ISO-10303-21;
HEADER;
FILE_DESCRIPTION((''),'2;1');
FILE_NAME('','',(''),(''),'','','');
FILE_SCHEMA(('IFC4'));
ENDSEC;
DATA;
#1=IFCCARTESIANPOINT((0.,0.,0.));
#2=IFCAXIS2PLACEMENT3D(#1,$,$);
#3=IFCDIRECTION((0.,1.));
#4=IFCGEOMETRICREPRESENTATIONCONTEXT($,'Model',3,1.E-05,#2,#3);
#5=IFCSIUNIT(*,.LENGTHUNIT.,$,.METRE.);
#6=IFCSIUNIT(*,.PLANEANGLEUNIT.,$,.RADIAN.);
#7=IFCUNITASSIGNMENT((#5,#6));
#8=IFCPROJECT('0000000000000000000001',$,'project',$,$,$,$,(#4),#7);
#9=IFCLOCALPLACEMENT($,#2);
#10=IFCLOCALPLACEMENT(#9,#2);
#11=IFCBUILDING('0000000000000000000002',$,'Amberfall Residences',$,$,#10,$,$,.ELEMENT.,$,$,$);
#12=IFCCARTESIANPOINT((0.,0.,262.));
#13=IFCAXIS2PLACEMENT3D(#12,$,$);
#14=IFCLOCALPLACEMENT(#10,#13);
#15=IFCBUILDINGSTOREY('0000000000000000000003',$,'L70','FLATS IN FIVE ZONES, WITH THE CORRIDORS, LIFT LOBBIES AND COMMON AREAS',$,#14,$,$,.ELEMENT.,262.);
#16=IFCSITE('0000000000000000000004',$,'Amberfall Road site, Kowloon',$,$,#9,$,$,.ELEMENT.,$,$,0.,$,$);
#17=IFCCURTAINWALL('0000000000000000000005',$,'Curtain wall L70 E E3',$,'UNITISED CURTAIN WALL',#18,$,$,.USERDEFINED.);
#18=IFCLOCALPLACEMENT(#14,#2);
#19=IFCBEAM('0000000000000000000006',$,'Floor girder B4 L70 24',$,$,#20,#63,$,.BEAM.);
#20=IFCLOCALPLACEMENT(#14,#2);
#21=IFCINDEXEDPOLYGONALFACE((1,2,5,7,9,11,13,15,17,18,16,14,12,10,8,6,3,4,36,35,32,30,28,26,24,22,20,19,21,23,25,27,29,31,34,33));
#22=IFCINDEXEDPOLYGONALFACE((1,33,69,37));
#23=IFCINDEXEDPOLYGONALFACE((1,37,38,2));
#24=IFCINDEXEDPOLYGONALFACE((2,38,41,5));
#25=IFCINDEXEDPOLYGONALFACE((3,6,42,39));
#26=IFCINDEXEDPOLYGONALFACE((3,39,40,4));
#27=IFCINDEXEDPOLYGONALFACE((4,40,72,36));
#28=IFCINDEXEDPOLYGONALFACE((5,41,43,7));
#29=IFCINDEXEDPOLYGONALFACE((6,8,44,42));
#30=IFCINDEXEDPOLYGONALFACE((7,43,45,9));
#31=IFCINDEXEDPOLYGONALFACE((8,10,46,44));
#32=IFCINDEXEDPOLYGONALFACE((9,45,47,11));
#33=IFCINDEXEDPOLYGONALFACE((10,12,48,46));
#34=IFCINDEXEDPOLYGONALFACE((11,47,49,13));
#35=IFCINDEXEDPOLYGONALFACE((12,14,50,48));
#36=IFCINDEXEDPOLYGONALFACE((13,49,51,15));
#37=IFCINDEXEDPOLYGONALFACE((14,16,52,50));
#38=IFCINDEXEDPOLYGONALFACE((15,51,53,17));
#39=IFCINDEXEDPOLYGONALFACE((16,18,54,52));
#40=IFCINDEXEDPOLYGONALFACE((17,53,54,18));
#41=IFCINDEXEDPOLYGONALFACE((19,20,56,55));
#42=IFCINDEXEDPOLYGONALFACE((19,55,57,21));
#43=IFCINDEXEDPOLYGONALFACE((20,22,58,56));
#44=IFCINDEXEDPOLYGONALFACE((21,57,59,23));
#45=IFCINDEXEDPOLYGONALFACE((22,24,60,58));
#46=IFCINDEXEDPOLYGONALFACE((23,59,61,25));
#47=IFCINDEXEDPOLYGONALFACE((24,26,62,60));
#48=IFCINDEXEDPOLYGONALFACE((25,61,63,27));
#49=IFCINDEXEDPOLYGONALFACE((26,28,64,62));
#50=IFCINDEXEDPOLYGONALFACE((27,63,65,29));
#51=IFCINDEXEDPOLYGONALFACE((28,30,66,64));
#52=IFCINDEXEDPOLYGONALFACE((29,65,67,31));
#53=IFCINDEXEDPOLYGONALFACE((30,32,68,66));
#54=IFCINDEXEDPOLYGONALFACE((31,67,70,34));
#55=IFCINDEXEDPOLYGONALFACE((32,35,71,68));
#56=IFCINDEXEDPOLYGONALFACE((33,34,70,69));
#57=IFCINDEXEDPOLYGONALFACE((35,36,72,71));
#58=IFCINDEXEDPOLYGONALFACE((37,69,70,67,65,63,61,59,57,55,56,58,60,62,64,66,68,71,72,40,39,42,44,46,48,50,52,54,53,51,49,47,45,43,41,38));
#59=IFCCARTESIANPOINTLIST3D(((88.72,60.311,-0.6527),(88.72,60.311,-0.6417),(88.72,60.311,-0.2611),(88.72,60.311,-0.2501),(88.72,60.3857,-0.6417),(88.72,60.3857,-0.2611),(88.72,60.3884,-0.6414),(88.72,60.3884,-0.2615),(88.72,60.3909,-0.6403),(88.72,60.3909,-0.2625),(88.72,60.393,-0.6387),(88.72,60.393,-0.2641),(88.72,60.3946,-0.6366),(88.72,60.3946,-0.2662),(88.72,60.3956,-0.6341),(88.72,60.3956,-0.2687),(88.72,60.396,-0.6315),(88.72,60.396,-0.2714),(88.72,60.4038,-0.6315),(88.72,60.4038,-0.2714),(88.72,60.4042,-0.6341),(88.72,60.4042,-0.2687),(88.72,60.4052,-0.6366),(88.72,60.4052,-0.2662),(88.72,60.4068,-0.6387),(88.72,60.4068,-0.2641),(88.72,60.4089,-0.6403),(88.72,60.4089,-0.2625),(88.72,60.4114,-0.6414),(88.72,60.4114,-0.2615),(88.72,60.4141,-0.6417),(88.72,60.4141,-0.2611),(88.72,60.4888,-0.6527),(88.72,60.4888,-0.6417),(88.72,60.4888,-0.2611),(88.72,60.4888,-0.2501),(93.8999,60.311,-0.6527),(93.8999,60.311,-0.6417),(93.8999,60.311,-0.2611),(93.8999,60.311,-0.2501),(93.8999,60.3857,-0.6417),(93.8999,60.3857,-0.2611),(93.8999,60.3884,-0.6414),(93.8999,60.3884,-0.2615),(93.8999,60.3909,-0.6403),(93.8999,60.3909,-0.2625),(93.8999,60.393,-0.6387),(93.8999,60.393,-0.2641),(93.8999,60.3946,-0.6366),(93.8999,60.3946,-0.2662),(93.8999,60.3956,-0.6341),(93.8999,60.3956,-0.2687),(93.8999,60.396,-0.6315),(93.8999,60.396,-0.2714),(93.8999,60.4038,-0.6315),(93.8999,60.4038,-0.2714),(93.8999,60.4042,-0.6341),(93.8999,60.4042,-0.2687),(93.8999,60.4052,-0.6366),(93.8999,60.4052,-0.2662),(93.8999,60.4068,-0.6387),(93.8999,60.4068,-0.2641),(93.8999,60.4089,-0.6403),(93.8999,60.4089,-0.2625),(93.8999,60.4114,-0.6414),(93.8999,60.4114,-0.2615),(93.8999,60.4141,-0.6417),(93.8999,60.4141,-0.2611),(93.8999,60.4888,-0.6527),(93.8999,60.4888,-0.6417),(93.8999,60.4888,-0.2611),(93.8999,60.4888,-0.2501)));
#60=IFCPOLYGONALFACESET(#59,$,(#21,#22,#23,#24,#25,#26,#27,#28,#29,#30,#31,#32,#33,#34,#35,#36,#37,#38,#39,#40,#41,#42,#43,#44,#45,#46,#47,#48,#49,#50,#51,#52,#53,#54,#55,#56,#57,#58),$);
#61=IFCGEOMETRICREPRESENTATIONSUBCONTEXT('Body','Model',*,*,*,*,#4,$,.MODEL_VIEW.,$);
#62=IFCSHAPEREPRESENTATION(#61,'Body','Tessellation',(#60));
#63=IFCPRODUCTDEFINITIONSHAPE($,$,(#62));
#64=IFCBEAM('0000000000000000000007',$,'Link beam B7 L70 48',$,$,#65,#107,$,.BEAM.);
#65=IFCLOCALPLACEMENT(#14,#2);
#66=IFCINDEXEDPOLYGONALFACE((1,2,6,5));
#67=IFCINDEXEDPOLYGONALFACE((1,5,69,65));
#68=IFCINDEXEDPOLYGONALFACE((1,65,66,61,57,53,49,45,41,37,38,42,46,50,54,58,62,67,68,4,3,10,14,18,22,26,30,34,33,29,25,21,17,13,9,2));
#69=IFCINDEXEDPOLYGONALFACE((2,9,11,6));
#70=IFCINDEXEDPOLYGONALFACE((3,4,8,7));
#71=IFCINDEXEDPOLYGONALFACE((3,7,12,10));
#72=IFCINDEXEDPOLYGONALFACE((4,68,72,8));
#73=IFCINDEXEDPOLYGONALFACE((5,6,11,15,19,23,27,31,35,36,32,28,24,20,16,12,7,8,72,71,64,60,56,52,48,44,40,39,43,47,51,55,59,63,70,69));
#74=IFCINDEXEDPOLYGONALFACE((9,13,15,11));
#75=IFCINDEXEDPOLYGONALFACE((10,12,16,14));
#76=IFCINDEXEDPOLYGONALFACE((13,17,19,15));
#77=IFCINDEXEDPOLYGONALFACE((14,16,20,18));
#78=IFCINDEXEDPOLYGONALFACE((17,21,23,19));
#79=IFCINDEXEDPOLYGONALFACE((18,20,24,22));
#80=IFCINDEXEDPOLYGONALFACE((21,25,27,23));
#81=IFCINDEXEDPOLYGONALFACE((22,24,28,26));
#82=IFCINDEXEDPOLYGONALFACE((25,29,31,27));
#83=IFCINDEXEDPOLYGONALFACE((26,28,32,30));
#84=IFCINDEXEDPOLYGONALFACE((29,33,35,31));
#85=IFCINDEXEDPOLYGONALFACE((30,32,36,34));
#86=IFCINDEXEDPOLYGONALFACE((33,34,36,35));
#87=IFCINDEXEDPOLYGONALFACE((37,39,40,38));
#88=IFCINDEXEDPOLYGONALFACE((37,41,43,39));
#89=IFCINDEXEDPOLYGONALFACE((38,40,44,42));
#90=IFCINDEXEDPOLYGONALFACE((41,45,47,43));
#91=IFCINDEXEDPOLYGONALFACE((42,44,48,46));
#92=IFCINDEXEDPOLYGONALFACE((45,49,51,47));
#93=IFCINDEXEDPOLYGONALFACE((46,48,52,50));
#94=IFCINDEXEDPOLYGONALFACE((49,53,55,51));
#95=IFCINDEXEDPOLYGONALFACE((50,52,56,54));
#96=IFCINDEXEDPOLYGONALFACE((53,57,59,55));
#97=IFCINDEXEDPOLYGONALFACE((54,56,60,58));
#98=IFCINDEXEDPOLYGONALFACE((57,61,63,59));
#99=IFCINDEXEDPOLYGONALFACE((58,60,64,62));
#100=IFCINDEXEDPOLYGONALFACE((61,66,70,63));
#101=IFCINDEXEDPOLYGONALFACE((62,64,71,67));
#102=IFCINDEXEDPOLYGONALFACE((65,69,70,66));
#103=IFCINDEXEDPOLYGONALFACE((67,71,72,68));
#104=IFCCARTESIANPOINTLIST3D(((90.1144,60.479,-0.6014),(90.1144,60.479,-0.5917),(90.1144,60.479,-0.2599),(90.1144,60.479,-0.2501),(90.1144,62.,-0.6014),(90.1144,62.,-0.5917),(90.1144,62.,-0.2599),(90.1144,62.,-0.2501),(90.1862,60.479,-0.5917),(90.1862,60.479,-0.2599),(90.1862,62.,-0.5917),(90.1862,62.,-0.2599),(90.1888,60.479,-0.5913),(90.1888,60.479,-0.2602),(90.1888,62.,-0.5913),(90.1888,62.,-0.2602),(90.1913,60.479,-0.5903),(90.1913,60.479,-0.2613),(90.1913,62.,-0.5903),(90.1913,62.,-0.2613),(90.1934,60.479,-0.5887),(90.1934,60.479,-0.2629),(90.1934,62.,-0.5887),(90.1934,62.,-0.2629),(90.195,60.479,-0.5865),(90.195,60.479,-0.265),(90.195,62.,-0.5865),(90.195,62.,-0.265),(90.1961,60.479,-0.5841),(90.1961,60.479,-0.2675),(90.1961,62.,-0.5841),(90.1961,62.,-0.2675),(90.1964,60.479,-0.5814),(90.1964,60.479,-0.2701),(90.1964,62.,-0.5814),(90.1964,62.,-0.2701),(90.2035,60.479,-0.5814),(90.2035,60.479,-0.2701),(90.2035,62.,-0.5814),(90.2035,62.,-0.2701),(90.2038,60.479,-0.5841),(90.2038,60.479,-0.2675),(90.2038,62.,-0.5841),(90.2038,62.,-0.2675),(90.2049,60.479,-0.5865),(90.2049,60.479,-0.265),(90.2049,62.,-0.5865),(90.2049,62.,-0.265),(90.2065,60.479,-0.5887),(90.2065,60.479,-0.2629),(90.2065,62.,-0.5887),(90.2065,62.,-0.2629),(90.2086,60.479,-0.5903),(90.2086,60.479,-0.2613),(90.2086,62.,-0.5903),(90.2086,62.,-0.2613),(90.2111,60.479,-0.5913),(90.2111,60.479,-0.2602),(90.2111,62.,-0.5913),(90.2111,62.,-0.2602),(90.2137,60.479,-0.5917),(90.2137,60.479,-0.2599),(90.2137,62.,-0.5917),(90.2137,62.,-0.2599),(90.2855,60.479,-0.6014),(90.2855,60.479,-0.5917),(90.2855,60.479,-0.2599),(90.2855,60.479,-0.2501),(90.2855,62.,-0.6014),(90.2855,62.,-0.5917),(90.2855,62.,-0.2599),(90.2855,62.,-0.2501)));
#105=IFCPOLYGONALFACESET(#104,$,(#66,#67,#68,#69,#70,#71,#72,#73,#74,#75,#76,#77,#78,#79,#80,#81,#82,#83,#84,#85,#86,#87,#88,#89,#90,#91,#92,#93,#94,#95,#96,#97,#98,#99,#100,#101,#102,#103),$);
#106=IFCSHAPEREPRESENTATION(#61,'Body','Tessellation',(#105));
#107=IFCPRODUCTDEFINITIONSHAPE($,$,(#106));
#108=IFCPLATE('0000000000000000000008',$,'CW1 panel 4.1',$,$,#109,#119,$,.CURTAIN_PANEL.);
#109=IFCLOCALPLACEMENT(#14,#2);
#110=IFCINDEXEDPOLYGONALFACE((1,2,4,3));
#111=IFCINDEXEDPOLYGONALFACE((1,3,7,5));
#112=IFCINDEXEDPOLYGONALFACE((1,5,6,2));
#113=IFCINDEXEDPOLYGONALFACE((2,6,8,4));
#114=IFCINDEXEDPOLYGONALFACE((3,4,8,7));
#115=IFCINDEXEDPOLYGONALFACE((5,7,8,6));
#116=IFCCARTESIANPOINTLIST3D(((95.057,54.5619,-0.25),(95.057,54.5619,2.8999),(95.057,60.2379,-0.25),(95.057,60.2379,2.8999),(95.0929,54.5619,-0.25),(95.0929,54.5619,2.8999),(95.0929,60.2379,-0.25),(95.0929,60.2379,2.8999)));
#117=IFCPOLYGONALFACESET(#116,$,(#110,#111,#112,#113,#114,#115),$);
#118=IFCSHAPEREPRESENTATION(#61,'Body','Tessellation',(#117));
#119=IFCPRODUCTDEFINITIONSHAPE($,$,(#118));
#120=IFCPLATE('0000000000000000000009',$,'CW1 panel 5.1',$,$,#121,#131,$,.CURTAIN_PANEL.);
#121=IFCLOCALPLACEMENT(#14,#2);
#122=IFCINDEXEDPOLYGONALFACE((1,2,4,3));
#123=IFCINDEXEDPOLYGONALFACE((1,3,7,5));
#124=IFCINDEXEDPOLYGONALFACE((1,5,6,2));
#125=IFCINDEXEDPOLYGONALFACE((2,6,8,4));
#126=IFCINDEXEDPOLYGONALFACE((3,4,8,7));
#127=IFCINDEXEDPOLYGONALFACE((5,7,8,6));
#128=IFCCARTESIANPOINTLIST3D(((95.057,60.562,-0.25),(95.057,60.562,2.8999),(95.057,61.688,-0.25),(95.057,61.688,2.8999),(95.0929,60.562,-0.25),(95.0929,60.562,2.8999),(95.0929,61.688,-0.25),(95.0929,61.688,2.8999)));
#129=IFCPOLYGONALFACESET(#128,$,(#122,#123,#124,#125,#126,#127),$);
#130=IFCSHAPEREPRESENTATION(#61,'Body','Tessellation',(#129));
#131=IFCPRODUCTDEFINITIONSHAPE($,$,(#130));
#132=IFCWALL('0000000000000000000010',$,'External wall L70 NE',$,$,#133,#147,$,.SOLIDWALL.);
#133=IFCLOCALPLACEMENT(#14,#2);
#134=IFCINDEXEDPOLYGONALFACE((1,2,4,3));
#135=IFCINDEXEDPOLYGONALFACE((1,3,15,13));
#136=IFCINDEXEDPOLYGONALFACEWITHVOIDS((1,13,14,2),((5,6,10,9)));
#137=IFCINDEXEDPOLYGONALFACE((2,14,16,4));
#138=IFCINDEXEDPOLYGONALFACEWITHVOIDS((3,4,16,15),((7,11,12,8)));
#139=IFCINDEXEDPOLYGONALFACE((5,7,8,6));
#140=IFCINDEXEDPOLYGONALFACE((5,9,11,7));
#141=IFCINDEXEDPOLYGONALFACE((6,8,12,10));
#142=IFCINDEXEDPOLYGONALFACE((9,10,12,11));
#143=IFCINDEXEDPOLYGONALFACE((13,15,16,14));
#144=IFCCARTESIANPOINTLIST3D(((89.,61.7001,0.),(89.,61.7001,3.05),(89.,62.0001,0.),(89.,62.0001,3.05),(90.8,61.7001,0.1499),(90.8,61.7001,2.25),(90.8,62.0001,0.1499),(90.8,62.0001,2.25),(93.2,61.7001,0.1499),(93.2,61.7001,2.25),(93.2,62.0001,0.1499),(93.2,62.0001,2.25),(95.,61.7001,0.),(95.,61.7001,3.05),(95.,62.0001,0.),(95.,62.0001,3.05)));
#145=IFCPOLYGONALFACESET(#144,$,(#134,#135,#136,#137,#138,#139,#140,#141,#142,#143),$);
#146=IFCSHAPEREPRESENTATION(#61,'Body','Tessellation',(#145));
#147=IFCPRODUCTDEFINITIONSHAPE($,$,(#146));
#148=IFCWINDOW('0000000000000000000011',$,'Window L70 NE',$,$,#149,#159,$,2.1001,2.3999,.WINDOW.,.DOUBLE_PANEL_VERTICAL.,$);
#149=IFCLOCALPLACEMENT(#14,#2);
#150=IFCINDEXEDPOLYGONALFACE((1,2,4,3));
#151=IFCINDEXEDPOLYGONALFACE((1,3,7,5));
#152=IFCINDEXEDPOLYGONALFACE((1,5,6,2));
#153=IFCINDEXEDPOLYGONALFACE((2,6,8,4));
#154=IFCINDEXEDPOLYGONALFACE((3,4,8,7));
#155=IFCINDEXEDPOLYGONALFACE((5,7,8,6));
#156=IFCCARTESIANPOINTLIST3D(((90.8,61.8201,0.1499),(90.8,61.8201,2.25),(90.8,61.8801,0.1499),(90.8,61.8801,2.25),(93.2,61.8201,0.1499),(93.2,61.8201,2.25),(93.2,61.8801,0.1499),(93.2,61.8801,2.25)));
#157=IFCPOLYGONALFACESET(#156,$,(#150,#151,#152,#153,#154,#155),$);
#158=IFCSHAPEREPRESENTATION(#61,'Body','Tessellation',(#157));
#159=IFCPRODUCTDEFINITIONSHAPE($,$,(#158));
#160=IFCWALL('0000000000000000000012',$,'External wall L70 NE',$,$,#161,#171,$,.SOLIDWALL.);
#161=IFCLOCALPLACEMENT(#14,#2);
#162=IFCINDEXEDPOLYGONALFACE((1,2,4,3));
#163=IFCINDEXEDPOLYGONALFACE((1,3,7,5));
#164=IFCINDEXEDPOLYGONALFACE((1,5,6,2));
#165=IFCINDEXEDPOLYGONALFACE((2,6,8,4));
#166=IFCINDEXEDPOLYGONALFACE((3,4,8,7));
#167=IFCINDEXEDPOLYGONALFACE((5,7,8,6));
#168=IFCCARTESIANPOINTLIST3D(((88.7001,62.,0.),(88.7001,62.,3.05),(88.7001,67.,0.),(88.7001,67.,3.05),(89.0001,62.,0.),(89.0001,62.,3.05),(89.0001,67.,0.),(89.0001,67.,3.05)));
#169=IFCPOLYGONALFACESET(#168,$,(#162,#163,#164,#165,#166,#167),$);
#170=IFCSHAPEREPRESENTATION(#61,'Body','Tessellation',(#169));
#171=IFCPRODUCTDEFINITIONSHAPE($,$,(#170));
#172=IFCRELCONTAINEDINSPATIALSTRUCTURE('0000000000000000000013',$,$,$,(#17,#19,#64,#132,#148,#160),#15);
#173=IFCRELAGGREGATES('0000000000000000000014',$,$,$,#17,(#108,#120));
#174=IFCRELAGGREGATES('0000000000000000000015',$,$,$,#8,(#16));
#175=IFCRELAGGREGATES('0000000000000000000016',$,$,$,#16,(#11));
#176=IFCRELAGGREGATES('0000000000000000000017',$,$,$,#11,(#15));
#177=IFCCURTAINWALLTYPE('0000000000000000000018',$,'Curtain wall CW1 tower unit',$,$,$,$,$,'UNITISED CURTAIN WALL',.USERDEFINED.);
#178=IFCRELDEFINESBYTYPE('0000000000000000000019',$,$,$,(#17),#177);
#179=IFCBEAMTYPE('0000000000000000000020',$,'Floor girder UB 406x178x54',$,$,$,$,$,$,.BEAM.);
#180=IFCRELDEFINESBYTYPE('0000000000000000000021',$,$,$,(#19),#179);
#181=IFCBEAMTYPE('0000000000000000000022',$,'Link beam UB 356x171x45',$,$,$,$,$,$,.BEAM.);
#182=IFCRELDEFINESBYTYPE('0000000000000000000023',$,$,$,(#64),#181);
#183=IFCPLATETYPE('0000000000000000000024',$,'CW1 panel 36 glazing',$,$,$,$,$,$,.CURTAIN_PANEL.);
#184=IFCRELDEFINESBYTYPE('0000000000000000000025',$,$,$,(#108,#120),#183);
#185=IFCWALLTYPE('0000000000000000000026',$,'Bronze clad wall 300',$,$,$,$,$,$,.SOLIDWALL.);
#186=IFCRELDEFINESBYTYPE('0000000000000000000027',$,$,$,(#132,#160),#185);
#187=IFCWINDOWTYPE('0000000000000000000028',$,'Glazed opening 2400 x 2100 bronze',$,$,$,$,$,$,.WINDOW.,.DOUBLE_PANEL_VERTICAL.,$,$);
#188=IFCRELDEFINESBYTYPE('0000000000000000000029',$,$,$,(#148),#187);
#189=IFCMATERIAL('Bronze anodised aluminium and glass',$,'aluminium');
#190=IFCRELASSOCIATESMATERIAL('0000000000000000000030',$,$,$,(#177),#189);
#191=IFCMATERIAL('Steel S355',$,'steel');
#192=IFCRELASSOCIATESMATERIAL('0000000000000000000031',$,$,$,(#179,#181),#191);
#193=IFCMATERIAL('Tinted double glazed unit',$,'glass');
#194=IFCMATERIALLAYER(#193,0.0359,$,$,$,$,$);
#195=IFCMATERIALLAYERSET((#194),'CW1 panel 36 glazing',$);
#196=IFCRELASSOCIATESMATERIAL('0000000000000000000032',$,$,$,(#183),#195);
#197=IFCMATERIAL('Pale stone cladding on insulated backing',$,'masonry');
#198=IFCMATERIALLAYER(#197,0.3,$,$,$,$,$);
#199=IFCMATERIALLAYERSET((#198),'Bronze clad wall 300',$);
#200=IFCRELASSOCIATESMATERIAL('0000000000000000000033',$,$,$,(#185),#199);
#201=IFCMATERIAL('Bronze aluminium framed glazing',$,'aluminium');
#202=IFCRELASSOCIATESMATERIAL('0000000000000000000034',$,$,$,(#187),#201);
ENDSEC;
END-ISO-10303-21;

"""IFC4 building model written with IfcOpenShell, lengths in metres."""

from ifc_helpers import new_model, si_unit, direction, frame, frame_2d, origin, origin_2d, place, context, subcontext, project, spatial, rectangle, i_section, extrude, material, layer, layer_set, material_profile, profile_set, type_object, element, fill, aggregate, save


model = new_model("IFC4")

# Units and contexts
model_context = context("Model", 3, precision=1e-05, world=origin(), true_north=direction((0.0, 1.0)))
body_context = subcontext(model_context, "Body", "Model", "MODEL_VIEW")
ifc_project = project(units=[si_unit("LENGTHUNIT", "METRE"), si_unit("PLANEANGLEUNIT", "RADIAN")], contexts=[model_context])

# Site, building, storey
site_placement = place(None, origin())
site = spatial("IfcSite", under=ifc_project, at=site_placement, Name="Amberfall Road site, Kowloon", CompositionType="ELEMENT", RefElevation=0.0)
building_placement = place(site_placement, origin())
building = spatial("IfcBuilding", under=site, at=building_placement, Name="Amberfall Residences", CompositionType="ELEMENT")
storey_placement = place(building_placement, frame((0.0, 0.0, 262.0)))
storey = spatial("IfcBuildingStorey", under=building, at=storey_placement, Name="L70", Description="FLATS IN FIVE ZONES, WITH THE CORRIDORS, LIFT LOBBIES AND COMMON AREAS", CompositionType="ELEMENT", Elevation=262.0)

# Curtain wall
ifc_material_1 = material(Name="Bronze anodised aluminium and glass", Category="aluminium")
curtain_wall_type = type_object("IfcCurtainWallType", Name="Curtain wall CW1 tower unit", ElementType="UNITISED CURTAIN WALL", PredefinedType="USERDEFINED", material=ifc_material_1)
curtain_wall_1_placement = place(storey_placement, origin())
curtain_wall_1 = element("IfcCurtainWall", 1, at=curtain_wall_1_placement, inside=storey, type_object=curtain_wall_type, Name="Curtain wall L70 E E3", ObjectType="UNITISED CURTAIN WALL", PredefinedType="USERDEFINED")

# Shared definitions
ifc_material_2 = material(Name="Steel S355", Category="steel")

# Beams
ifc_material_profile_1 = material_profile(ifc_material_2, i_section(OverallWidth=0.1777, OverallDepth=0.4026, WebThickness=0.0078, FlangeThickness=0.011, FilletRadius=0.0103, at=origin_2d()), Name="UB 406x178x54")
ifc_profile_set_1 = profile_set([ifc_material_profile_1], Name="Steel S355")
beam_type_1 = type_object("IfcBeamType", Name="Floor girder UB 406x178x54", PredefinedType="BEAM", material=ifc_profile_set_1)
beam_1_placement = place(storey_placement, frame((93.8999, 60.3999, -0.4514), z_axis=(-1.0, 0.0, 0.0), x_axis=(0.0, -1.0, 0.0)))
element("IfcBeam", 2, at=beam_1_placement, inside=storey, type_object=beam_type_1, Name="Floor girder B4 L70 24", PredefinedType="BEAM", context=body_context, shape_type="SweptSolid", body=[
    extrude(i_section(OverallWidth=0.1777, OverallDepth=0.4026, WebThickness=0.0078, FlangeThickness=0.011, FilletRadius=0.0103, at=origin_2d()), origin(), (0.0, 0.0, 1.0), 5.1799),
])
ifc_material_profile_2 = material_profile(ifc_material_2, i_section(OverallWidth=0.1711, OverallDepth=0.3513, WebThickness=0.0071, FlangeThickness=0.0098, FilletRadius=0.0103, at=origin_2d()), Name="UB 356x171x45")
ifc_profile_set_2 = profile_set([ifc_material_profile_2], Name="Steel S355")
beam_type_2 = type_object("IfcBeamType", Name="Link beam UB 356x171x45", PredefinedType="BEAM", material=ifc_profile_set_2)
beam_2_placement = place(storey_placement, frame((90.2, 62.0, -0.4258), z_axis=(0.0, -1.0, 0.0), x_axis=(1.0, 0.0, 0.0)))
element("IfcBeam", 3, at=beam_2_placement, inside=storey, type_object=beam_type_2, Name="Link beam B7 L70 48", PredefinedType="BEAM", context=body_context, shape_type="SweptSolid", body=[
    extrude(i_section(OverallWidth=0.1711, OverallDepth=0.3513, WebThickness=0.0071, FlangeThickness=0.0098, FilletRadius=0.0103, at=origin_2d()), origin(), (0.0, 0.0, 1.0), 1.521),
])

# Plates
ifc_material_3 = material(Name="Tinted double glazed unit", Category="glass")
ifc_layer_1 = layer(ifc_material_3, 0.0359)
ifc_layer_set_1 = layer_set([ifc_layer_1], Name="CW1 panel 36 glazing")
plate_type = type_object("IfcPlateType", Name="CW1 panel 36 glazing", PredefinedType="CURTAIN_PANEL", material=ifc_layer_set_1)
plate_1_placement = place(storey_placement, frame((95.075, 57.3999, -0.25), z_axis=(0.0, 0.0, 1.0), x_axis=(0.0, 1.0, 0.0)))
plate_1 = element("IfcPlate", 4, at=plate_1_placement, type_object=plate_type, Name="CW1 panel 4.1", PredefinedType="CURTAIN_PANEL", context=body_context, shape_type="SweptSolid", body=[
    extrude(rectangle(XDim=5.676, YDim=0.0359, at=origin_2d()), origin(), (0.0, 0.0, 1.0), 3.1499),
])
plate_2_placement = place(storey_placement, frame((95.075, 61.125, -0.25), z_axis=(0.0, 0.0, 1.0), x_axis=(0.0, 1.0, 0.0)))
plate_2 = element("IfcPlate", 5, at=plate_2_placement, type_object=plate_type, Name="CW1 panel 5.1", PredefinedType="CURTAIN_PANEL", context=body_context, shape_type="SweptSolid", body=[
    extrude(rectangle(XDim=1.126, YDim=0.0359, at=origin_2d()), origin(), (0.0, 0.0, 1.0), 3.1499),
])
aggregate(curtain_wall_1, [plate_1, plate_2])

# Wall, opening, window
ifc_material_4 = material(Name="Pale stone cladding on insulated backing", Category="masonry")
ifc_layer_2 = layer(ifc_material_4, 0.3)
ifc_layer_set_2 = layer_set([ifc_layer_2], Name="Bronze clad wall 300")
wall_type_1 = type_object("IfcWallType", Name="Bronze clad wall 300", PredefinedType="SOLIDWALL", material=ifc_layer_set_2)
wall_1_placement = place(storey_placement, frame((95.0, 61.8501, 0.0), z_axis=(0.0, 0.0, 1.0), x_axis=(-1.0, 0.0, 0.0)))
wall_1 = element("IfcWall", 6, at=wall_1_placement, inside=storey, type_object=wall_type_1, Name="External wall L70 NE", PredefinedType="SOLIDWALL", context=body_context, shape_type="SweptSolid", body=[
    extrude(rectangle(XDim=6.0, YDim=0.3, at=frame_2d((3.0, 0.0))), origin(), (0.0, 0.0, 1.0), 3.05),
])
opening_1_placement = place(wall_1_placement, frame((1.8, 0.0, 0.1499)))
opening_1 = element("IfcOpeningElement", 7, at=opening_1_placement, cuts=wall_1, PredefinedType="OPENING", context=body_context, shape_type="SweptSolid", body=[
    extrude(rectangle(XDim=2.3999, YDim=2.1001, at=frame_2d((1.2, 1.05))), frame((0.0, 0.1599, 0.0), z_axis=(0.0, -1.0, 0.0), x_axis=(1.0, 0.0, 0.0)), (0.0, 0.0, 1.0), 0.3201),
])
ifc_material_5 = material(Name="Bronze aluminium framed glazing", Category="aluminium")
window_type = type_object("IfcWindowType", Name="Glazed opening 2400 x 2100 bronze", PartitioningType="DOUBLE_PANEL_VERTICAL", PredefinedType="WINDOW", material=ifc_material_5)
window_placement = place(opening_1_placement, origin())
window = element("IfcWindow", 8, at=window_placement, inside=storey, type_object=window_type, Name="Window L70 NE", OverallHeight=2.1001, OverallWidth=2.3999, PartitioningType="DOUBLE_PANEL_VERTICAL", PredefinedType="WINDOW", context=body_context, shape_type="SweptSolid", body=[
    extrude(rectangle(XDim=2.3999, YDim=2.1001, at=frame_2d((1.2, 1.05))), frame((0.0, 0.03, 0.0), z_axis=(0.0, -1.0, 0.0), x_axis=(1.0, 0.0, 0.0)), (0.0, 0.0, 1.0), 0.0601),
])
fill(opening_1, window)

# Wall
wall_2_placement = place(storey_placement, frame((88.8501, 62.0, 0.0), z_axis=(0.0, 0.0, 1.0), x_axis=(0.0, 1.0, 0.0)))
element("IfcWall", 9, at=wall_2_placement, inside=storey, type_object=wall_type_1, Name="External wall L70 NE", PredefinedType="SOLIDWALL", context=body_context, shape_type="SweptSolid", body=[
    extrude(rectangle(XDim=5.0, YDim=0.3, at=frame_2d((2.5, 0.0))), origin(), (0.0, 0.0, 1.0), 3.05),
])

save(model, "model.ifc")
